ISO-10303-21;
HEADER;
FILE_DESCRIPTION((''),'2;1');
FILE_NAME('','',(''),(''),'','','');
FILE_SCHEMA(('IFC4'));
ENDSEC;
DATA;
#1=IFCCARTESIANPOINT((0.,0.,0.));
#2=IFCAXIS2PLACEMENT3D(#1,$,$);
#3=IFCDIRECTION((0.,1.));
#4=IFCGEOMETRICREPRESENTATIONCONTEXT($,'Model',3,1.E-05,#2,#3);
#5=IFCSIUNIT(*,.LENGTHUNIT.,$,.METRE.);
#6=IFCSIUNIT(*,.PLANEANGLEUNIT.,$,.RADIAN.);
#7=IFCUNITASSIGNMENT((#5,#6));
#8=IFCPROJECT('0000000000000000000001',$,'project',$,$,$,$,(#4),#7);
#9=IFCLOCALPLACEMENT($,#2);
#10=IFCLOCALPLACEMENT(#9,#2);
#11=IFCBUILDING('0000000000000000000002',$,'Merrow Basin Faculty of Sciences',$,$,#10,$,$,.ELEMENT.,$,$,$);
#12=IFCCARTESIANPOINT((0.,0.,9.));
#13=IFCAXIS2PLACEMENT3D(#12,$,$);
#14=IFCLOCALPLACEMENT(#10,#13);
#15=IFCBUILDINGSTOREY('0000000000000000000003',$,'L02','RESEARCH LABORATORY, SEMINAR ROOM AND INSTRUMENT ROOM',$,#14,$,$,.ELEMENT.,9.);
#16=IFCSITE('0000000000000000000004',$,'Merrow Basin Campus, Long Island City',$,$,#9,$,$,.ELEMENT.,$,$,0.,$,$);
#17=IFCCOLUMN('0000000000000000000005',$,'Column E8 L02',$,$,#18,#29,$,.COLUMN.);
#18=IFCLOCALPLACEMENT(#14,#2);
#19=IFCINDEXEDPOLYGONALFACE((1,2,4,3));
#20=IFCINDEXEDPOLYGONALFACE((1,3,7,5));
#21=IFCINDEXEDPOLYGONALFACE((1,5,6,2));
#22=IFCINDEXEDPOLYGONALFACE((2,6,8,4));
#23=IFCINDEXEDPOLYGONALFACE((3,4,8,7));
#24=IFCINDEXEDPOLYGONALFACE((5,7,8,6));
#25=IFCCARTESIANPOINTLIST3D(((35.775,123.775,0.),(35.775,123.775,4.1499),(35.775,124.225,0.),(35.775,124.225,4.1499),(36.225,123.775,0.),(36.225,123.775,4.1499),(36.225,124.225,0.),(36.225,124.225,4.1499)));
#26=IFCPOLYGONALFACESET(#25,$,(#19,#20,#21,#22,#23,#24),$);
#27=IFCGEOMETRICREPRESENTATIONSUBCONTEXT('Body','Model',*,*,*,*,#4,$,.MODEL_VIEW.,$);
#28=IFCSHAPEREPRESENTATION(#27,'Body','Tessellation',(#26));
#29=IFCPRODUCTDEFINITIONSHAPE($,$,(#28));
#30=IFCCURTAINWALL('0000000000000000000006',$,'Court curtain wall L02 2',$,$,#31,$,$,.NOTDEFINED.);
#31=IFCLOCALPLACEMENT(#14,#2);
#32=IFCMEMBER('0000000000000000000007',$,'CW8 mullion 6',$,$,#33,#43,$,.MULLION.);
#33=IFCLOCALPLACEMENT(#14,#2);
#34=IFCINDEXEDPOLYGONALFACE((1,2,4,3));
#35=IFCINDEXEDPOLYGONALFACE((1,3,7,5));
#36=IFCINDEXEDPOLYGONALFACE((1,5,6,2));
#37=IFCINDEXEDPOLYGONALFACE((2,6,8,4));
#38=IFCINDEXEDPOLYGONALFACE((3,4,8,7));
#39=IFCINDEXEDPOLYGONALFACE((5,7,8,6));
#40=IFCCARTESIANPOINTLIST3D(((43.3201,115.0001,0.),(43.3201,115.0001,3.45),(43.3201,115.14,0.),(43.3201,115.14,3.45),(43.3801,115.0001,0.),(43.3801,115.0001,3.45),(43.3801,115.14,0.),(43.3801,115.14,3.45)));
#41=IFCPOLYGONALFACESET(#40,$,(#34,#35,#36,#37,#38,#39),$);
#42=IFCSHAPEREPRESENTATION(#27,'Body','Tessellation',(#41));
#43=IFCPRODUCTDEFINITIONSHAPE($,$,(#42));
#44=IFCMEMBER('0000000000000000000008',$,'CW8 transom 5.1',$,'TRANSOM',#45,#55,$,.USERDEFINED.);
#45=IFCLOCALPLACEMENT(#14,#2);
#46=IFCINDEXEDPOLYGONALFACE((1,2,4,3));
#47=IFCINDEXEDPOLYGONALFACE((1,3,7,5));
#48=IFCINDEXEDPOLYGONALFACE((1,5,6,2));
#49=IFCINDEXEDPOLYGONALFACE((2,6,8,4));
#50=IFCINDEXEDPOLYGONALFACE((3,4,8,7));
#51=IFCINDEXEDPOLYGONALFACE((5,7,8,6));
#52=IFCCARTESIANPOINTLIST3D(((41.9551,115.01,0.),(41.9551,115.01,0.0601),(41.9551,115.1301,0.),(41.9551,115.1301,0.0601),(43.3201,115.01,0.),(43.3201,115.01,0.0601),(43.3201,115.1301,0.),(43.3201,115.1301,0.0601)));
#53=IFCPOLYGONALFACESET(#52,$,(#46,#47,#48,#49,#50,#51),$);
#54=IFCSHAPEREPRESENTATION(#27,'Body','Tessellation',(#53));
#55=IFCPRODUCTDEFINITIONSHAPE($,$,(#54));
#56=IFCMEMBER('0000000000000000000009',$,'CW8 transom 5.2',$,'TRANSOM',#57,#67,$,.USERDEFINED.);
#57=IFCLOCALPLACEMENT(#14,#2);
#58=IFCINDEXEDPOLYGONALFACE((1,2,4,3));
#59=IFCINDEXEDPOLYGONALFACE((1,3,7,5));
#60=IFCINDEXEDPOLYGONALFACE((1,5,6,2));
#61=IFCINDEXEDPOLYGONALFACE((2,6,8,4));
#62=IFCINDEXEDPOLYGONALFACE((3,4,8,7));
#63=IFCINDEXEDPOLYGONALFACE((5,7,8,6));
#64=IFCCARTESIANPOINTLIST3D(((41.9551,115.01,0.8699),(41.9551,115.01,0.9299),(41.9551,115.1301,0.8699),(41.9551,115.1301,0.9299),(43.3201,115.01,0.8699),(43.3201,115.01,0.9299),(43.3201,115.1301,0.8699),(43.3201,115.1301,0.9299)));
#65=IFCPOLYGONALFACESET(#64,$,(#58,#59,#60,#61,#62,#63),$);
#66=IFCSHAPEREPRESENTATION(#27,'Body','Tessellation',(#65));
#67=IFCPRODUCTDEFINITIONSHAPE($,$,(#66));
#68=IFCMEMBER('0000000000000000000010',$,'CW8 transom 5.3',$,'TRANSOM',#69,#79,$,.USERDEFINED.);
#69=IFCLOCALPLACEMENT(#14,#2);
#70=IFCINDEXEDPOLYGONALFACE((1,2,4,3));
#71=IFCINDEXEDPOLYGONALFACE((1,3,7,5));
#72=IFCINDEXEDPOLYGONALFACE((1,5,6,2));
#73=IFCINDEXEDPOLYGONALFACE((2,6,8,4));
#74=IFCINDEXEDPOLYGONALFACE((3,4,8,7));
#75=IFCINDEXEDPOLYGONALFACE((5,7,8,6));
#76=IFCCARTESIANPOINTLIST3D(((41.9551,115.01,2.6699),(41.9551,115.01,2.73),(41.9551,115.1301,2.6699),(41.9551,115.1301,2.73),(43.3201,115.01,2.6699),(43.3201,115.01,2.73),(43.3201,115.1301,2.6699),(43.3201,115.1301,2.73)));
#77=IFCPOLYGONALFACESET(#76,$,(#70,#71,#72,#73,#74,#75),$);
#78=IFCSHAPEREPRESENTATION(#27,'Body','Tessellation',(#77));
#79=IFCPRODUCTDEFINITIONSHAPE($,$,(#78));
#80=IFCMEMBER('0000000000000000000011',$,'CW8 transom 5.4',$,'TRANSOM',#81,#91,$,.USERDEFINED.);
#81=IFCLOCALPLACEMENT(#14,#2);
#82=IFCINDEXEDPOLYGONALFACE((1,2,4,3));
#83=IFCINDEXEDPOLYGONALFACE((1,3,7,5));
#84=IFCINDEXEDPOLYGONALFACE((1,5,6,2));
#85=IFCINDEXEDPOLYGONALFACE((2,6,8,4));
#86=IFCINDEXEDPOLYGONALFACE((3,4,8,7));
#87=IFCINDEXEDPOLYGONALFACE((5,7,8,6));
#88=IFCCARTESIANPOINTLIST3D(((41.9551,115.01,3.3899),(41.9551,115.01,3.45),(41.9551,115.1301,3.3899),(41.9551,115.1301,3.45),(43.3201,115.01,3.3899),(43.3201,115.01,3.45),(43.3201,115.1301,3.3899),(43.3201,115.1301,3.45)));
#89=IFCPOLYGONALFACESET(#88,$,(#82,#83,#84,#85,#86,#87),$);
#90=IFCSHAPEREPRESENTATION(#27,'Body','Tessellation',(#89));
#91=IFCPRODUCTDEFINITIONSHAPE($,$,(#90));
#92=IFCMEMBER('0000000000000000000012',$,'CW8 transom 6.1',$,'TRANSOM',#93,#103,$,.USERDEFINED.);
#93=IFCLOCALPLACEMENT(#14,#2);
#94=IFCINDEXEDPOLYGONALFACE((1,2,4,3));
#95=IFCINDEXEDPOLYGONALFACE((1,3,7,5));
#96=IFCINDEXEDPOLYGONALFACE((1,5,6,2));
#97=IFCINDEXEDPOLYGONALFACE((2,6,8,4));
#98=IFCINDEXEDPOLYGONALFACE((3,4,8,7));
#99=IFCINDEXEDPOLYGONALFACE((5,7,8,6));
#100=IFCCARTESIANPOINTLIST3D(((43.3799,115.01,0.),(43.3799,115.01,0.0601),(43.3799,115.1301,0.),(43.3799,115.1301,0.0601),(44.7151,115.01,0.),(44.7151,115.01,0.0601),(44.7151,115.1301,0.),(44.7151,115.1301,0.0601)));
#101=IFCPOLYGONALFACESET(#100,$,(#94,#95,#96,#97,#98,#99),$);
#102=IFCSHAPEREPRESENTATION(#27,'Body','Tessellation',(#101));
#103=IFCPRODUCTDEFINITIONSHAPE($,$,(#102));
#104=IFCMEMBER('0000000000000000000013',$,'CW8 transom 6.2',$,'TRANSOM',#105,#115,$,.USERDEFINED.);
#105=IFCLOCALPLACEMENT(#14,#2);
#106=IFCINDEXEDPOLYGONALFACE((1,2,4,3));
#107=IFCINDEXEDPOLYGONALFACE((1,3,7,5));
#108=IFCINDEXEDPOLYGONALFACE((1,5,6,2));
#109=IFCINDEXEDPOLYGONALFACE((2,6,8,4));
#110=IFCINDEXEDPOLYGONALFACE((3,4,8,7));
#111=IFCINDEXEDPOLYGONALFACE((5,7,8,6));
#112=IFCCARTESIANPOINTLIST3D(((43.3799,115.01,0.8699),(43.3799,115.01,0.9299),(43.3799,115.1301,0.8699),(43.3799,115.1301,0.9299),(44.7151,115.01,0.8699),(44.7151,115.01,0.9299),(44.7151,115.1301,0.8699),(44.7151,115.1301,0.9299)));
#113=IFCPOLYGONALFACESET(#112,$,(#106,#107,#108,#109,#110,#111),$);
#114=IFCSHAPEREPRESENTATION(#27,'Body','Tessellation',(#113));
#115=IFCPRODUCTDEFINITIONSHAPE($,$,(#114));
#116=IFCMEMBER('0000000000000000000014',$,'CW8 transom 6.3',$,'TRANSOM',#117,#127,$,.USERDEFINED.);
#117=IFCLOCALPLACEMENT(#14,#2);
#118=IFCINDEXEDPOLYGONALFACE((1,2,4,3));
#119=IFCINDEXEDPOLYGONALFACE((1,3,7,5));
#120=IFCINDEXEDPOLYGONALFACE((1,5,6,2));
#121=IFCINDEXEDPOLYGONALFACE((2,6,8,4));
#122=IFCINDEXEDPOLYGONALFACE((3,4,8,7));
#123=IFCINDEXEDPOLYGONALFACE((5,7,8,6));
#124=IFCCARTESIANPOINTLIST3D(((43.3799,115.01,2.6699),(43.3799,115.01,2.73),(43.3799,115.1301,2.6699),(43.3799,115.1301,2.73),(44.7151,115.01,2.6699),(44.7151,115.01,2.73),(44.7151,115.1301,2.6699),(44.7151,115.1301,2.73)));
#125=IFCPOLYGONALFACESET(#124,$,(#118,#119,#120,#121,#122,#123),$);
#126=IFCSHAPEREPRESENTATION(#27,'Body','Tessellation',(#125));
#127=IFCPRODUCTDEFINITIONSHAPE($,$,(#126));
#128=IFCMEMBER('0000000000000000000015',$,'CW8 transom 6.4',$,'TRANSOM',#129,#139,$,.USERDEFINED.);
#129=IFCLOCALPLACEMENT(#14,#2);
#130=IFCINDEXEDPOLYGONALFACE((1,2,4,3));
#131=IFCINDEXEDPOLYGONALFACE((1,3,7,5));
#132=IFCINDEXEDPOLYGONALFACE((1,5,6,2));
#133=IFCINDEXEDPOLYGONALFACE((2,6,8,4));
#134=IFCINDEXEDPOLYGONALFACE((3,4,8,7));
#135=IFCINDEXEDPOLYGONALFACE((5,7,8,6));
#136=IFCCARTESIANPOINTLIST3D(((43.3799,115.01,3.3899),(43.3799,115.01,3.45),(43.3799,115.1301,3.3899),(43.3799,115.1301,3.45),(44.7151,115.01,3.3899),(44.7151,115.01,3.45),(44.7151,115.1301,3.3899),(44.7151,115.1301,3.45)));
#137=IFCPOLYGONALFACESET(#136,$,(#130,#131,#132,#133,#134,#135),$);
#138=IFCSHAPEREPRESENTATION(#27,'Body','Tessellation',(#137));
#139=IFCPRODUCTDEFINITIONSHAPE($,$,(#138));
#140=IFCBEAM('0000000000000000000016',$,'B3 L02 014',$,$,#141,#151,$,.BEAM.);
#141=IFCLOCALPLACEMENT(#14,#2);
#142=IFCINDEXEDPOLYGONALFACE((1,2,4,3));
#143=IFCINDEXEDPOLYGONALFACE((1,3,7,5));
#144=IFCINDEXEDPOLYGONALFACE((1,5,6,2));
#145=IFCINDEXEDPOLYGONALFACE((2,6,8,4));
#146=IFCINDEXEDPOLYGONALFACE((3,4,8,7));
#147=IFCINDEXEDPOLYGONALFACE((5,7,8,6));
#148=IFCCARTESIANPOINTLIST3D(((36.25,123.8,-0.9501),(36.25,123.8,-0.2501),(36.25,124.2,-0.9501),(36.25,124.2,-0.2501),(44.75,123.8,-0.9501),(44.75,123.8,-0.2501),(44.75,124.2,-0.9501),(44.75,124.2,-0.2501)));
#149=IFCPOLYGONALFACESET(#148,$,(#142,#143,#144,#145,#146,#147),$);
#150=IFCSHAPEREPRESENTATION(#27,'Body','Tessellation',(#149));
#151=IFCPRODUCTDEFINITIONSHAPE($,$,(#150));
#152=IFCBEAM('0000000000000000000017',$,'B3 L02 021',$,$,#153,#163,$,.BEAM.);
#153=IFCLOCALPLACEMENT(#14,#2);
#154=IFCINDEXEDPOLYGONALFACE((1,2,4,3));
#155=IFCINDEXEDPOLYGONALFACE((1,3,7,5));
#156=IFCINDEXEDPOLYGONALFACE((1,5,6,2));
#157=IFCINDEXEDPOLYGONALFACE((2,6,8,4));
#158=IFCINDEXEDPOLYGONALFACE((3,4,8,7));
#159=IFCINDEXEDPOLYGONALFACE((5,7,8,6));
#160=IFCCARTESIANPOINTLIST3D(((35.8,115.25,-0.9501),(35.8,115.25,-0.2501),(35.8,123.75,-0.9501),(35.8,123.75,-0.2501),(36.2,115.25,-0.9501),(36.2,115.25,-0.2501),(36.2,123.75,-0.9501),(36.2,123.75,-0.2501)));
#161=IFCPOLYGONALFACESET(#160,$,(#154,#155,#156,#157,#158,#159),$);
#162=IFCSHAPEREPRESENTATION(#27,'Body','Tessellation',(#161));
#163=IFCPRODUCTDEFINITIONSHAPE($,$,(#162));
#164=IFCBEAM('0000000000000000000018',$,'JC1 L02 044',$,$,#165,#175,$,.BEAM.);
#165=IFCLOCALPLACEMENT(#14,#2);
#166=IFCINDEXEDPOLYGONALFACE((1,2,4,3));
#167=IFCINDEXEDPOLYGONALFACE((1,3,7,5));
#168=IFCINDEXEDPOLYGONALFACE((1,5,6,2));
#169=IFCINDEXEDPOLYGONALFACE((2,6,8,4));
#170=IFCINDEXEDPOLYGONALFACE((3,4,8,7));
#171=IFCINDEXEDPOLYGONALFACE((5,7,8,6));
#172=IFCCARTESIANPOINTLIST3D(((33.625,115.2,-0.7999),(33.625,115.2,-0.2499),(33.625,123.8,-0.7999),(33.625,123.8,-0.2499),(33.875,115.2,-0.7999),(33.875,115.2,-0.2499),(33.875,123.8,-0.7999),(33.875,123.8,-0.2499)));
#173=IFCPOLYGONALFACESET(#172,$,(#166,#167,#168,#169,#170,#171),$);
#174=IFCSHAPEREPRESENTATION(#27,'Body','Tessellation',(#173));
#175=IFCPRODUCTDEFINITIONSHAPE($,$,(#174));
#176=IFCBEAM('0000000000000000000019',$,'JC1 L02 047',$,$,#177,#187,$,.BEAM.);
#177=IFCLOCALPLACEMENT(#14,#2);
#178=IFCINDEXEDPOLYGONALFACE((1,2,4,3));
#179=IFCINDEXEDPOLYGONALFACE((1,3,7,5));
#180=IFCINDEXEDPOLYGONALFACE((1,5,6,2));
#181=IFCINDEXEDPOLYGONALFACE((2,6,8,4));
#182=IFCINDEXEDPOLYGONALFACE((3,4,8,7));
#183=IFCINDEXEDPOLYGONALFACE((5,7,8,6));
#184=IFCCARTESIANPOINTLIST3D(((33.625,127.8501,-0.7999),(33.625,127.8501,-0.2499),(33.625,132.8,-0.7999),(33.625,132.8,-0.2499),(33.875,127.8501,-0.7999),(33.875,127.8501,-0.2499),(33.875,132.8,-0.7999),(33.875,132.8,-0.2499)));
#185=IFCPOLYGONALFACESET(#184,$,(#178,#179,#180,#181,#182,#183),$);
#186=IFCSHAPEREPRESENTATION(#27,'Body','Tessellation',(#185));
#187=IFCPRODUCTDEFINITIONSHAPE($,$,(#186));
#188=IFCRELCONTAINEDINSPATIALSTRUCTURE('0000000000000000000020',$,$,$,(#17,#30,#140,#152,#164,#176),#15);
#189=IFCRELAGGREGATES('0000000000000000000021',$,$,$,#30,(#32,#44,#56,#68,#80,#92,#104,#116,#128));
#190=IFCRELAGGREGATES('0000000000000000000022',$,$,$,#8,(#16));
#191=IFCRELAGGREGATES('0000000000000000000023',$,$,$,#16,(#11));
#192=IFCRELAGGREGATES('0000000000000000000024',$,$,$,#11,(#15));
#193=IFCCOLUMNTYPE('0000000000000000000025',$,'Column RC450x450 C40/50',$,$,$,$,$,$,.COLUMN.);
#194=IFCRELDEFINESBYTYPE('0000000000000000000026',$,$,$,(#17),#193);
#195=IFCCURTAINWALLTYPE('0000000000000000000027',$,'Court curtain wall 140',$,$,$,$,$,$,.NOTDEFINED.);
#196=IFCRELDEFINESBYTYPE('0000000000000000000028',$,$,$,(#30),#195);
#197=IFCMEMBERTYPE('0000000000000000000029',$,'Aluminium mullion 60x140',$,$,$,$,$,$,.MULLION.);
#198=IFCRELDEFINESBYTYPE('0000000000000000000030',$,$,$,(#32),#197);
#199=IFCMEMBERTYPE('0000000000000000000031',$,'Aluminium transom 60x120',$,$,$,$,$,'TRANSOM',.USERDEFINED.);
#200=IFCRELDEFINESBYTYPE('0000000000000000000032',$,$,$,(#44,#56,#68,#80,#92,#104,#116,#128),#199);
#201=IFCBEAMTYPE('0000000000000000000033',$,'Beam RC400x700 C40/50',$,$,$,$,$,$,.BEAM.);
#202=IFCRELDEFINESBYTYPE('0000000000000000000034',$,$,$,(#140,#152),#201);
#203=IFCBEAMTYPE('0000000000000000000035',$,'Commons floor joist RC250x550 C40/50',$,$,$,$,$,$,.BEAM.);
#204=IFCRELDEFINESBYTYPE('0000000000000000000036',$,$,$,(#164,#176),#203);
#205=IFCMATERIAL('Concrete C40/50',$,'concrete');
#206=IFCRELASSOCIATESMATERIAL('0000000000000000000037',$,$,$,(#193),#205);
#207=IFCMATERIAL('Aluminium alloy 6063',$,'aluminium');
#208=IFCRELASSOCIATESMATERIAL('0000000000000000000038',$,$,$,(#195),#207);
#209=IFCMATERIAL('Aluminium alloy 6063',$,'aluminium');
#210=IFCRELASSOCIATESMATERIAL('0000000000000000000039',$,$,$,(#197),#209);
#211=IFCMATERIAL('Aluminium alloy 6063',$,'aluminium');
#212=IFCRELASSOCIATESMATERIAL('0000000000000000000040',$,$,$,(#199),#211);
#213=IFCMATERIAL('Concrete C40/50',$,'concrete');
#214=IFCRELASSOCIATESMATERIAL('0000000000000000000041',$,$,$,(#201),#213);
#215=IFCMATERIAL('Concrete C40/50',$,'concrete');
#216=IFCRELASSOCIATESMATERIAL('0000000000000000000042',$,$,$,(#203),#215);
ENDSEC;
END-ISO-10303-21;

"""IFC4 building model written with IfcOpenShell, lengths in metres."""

from ifc_helpers import new_model, si_unit, direction, frame, origin, origin_2d, place, context, subcontext, project, spatial, rectangle, extrude, material, material_profile, profile_set, type_object, element, aggregate, save


model = new_model("IFC4")

# Units and contexts
model_context = context("Model", 3, precision=1e-05, world=origin(), true_north=direction((0.0, 1.0)))
body_context = subcontext(model_context, "Body", "Model", "MODEL_VIEW")
ifc_project = project(units=[si_unit("LENGTHUNIT", "METRE"), si_unit("PLANEANGLEUNIT", "RADIAN")], contexts=[model_context])

# Site, building, storey
site_placement = place(None, origin())
site = spatial("IfcSite", under=ifc_project, at=site_placement, Name="Merrow Basin Campus, Long Island City", CompositionType="ELEMENT", RefElevation=0.0)
building_placement = place(site_placement, origin())
building = spatial("IfcBuilding", under=site, at=building_placement, Name="Merrow Basin Faculty of Sciences", CompositionType="ELEMENT")
storey_placement = place(building_placement, frame((0.0, 0.0, 9.0)))
storey = spatial("IfcBuildingStorey", under=building, at=storey_placement, Name="L02", Description="RESEARCH LABORATORY, SEMINAR ROOM AND INSTRUMENT ROOM", CompositionType="ELEMENT", Elevation=9.0)

# Column
ifc_material_1 = material(Name="Concrete C40/50", Category="concrete")
ifc_material_profile_1 = material_profile(ifc_material_1, rectangle(XDim=0.45, YDim=0.45, at=origin_2d()))
ifc_profile_set_1 = profile_set([ifc_material_profile_1], Name="Concrete C40/50")
column_type = type_object("IfcColumnType", Name="Column RC450x450 C40/50", PredefinedType="COLUMN", material=ifc_profile_set_1)
column_placement = place(storey_placement, frame((36.0, 124.0, 0.0), z_axis=(0.0, 0.0, 1.0), x_axis=(1.0, 0.0, 0.0)))
element("IfcColumn", 1, at=column_placement, inside=storey, type_object=column_type, Name="Column E8 L02", PredefinedType="COLUMN", context=body_context, shape_type="SweptSolid", body=[
    extrude(rectangle(XDim=0.45, YDim=0.45, at=origin_2d()), origin(), (0.0, 0.0, 1.0), 4.1499),
])

# Curtain wall, members
ifc_material_2 = material(Name="Aluminium alloy 6063", Category="aluminium")
curtain_wall_type = type_object("IfcCurtainWallType", Name="Court curtain wall 140", PredefinedType="NOTDEFINED", material=ifc_material_2)
curtain_wall_placement = place(storey_placement, origin())
curtain_wall = element("IfcCurtainWall", 2, at=curtain_wall_placement, inside=storey, type_object=curtain_wall_type, Name="Court curtain wall L02 2", PredefinedType="NOTDEFINED")
ifc_material_3 = material(Name="Aluminium alloy 6063", Category="aluminium")
ifc_material_profile_2 = material_profile(ifc_material_3, rectangle(XDim=0.1399, YDim=0.0601, at=origin_2d()))
ifc_profile_set_2 = profile_set([ifc_material_profile_2], Name="Aluminium alloy 6063")
member_type_1 = type_object("IfcMemberType", Name="Aluminium mullion 60x140", PredefinedType="MULLION", material=ifc_profile_set_2)
member_1_placement = place(storey_placement, frame((43.3501, 115.0701, 0.0), z_axis=(0.0, 0.0, 1.0), x_axis=(0.0, 1.0, 0.0)))
member_1 = element("IfcMember", 3, at=member_1_placement, type_object=member_type_1, Name="CW8 mullion 6", PredefinedType="MULLION", context=body_context, shape_type="SweptSolid", body=[
    extrude(rectangle(XDim=0.1399, YDim=0.0601, at=origin_2d()), origin(), (0.0, 0.0, 1.0), 3.45),
])
ifc_material_4 = material(Name="Aluminium alloy 6063", Category="aluminium")
ifc_material_profile_3 = material_profile(ifc_material_4, rectangle(XDim=0.1201, YDim=0.0601, at=origin_2d()))
ifc_profile_set_3 = profile_set([ifc_material_profile_3], Name="Aluminium alloy 6063")
member_type_2 = type_object("IfcMemberType", Name="Aluminium transom 60x120", ElementType="TRANSOM", PredefinedType="USERDEFINED", material=ifc_profile_set_3)
member_2_placement = place(storey_placement, frame((41.9551, 115.0701, 0.03), z_axis=(1.0, 0.0, 0.0), x_axis=(0.0, 1.0, 0.0)))
member_2 = element("IfcMember", 4, at=member_2_placement, type_object=member_type_2, Name="CW8 transom 5.1", ObjectType="TRANSOM", PredefinedType="USERDEFINED", context=body_context, shape_type="SweptSolid", body=[
    extrude(rectangle(XDim=0.1201, YDim=0.0601, at=origin_2d()), origin(), (0.0, 0.0, 1.0), 1.365),
])
member_3_placement = place(storey_placement, frame((41.9551, 115.0701, 0.8999), z_axis=(1.0, 0.0, 0.0), x_axis=(0.0, 1.0, 0.0)))
member_3 = element("IfcMember", 5, at=member_3_placement, type_object=member_type_2, Name="CW8 transom 5.2", ObjectType="TRANSOM", PredefinedType="USERDEFINED", context=body_context, shape_type="SweptSolid", body=[
    extrude(rectangle(XDim=0.1201, YDim=0.0601, at=origin_2d()), origin(), (0.0, 0.0, 1.0), 1.365),
])
member_4_placement = place(storey_placement, frame((41.9551, 115.0701, 2.7), z_axis=(1.0, 0.0, 0.0), x_axis=(0.0, 1.0, 0.0)))
member_4 = element("IfcMember", 6, at=member_4_placement, type_object=member_type_2, Name="CW8 transom 5.3", ObjectType="TRANSOM", PredefinedType="USERDEFINED", context=body_context, shape_type="SweptSolid", body=[
    extrude(rectangle(XDim=0.1201, YDim=0.0601, at=origin_2d()), origin(), (0.0, 0.0, 1.0), 1.365),
])
member_5_placement = place(storey_placement, frame((41.9551, 115.0701, 3.4199), z_axis=(1.0, 0.0, 0.0), x_axis=(0.0, 1.0, 0.0)))
member_5 = element("IfcMember", 7, at=member_5_placement, type_object=member_type_2, Name="CW8 transom 5.4", ObjectType="TRANSOM", PredefinedType="USERDEFINED", context=body_context, shape_type="SweptSolid", body=[
    extrude(rectangle(XDim=0.1201, YDim=0.0601, at=origin_2d()), origin(), (0.0, 0.0, 1.0), 1.365),
])
member_6_placement = place(storey_placement, frame((43.3799, 115.0701, 0.03), z_axis=(1.0, 0.0, 0.0), x_axis=(0.0, 1.0, 0.0)))
member_6 = element("IfcMember", 8, at=member_6_placement, type_object=member_type_2, Name="CW8 transom 6.1", ObjectType="TRANSOM", PredefinedType="USERDEFINED", context=body_context, shape_type="SweptSolid", body=[
    extrude(rectangle(XDim=0.1201, YDim=0.0601, at=origin_2d()), origin(), (0.0, 0.0, 1.0), 1.3352),
])
member_7_placement = place(storey_placement, frame((43.3799, 115.0701, 0.8999), z_axis=(1.0, 0.0, 0.0), x_axis=(0.0, 1.0, 0.0)))
member_7 = element("IfcMember", 9, at=member_7_placement, type_object=member_type_2, Name="CW8 transom 6.2", ObjectType="TRANSOM", PredefinedType="USERDEFINED", context=body_context, shape_type="SweptSolid", body=[
    extrude(rectangle(XDim=0.1201, YDim=0.0601, at=origin_2d()), origin(), (0.0, 0.0, 1.0), 1.3352),
])
member_8_placement = place(storey_placement, frame((43.3799, 115.0701, 2.7), z_axis=(1.0, 0.0, 0.0), x_axis=(0.0, 1.0, 0.0)))
member_8 = element("IfcMember", 10, at=member_8_placement, type_object=member_type_2, Name="CW8 transom 6.3", ObjectType="TRANSOM", PredefinedType="USERDEFINED", context=body_context, shape_type="SweptSolid", body=[
    extrude(rectangle(XDim=0.1201, YDim=0.0601, at=origin_2d()), origin(), (0.0, 0.0, 1.0), 1.3352),
])
member_9_placement = place(storey_placement, frame((43.3799, 115.0701, 3.4199), z_axis=(1.0, 0.0, 0.0), x_axis=(0.0, 1.0, 0.0)))
member_9 = element("IfcMember", 11, at=member_9_placement, type_object=member_type_2, Name="CW8 transom 6.4", ObjectType="TRANSOM", PredefinedType="USERDEFINED", context=body_context, shape_type="SweptSolid", body=[
    extrude(rectangle(XDim=0.1201, YDim=0.0601, at=origin_2d()), origin(), (0.0, 0.0, 1.0), 1.3352),
])

# Beams
ifc_material_5 = material(Name="Concrete C40/50", Category="concrete")
ifc_material_profile_4 = material_profile(ifc_material_5, rectangle(XDim=0.3999, YDim=0.7, at=origin_2d()))
ifc_profile_set_4 = profile_set([ifc_material_profile_4], Name="Concrete C40/50")
beam_type_1 = type_object("IfcBeamType", Name="Beam RC400x700 C40/50", PredefinedType="BEAM", material=ifc_profile_set_4)
for number, where, z_axis, x_axis, name in (
    (12, (36.25, 124.0, -0.6001), (1.0, 0.0, 0.0), (0.0, 1.0, 0.0), "B3 L02 014"),
    (13, (36.0, 115.25, -0.6001), (0.0, 1.0, 0.0), (-1.0, 0.0, 0.0), "B3 L02 021"),
):
    element("IfcBeam", number, at=place(storey_placement, frame(where, z_axis=z_axis, x_axis=x_axis)), inside=storey, type_object=beam_type_1, Name=name, PredefinedType="BEAM", context=body_context, shape_type="SweptSolid", body=[
        extrude(rectangle(XDim=0.3999, YDim=0.7, at=origin_2d()), origin(), (0.0, 0.0, 1.0), 8.5),
    ])
ifc_material_6 = material(Name="Concrete C40/50", Category="concrete")
ifc_material_profile_5 = material_profile(ifc_material_6, rectangle(XDim=0.25, YDim=0.55, at=origin_2d()))
ifc_profile_set_5 = profile_set([ifc_material_profile_5], Name="Concrete C40/50")
beam_type_2 = type_object("IfcBeamType", Name="Commons floor joist RC250x550 C40/50", PredefinedType="BEAM", material=ifc_profile_set_5)
beam_1_placement = place(storey_placement, frame((33.75, 115.2, -0.5249), z_axis=(0.0, 1.0, 0.0), x_axis=(-1.0, 0.0, 0.0)))
element("IfcBeam", 14, at=beam_1_placement, inside=storey, type_object=beam_type_2, Name="JC1 L02 044", PredefinedType="BEAM", context=body_context, shape_type="SweptSolid", body=[
    extrude(rectangle(XDim=0.25, YDim=0.55, at=origin_2d()), origin(), (0.0, 0.0, 1.0), 8.6001),
])
beam_2_placement = place(storey_placement, frame((33.75, 127.8501, -0.5249), z_axis=(0.0, 1.0, 0.0), x_axis=(-1.0, 0.0, 0.0)))
element("IfcBeam", 15, at=beam_2_placement, inside=storey, type_object=beam_type_2, Name="JC1 L02 047", PredefinedType="BEAM", context=body_context, shape_type="SweptSolid", body=[
    extrude(rectangle(XDim=0.25, YDim=0.55, at=origin_2d()), origin(), (0.0, 0.0, 1.0), 4.95),
])

aggregate(curtain_wall, [member_1, member_2, member_3, member_4, member_5, member_6, member_7, member_8, member_9])

save(model, "model.ifc")
